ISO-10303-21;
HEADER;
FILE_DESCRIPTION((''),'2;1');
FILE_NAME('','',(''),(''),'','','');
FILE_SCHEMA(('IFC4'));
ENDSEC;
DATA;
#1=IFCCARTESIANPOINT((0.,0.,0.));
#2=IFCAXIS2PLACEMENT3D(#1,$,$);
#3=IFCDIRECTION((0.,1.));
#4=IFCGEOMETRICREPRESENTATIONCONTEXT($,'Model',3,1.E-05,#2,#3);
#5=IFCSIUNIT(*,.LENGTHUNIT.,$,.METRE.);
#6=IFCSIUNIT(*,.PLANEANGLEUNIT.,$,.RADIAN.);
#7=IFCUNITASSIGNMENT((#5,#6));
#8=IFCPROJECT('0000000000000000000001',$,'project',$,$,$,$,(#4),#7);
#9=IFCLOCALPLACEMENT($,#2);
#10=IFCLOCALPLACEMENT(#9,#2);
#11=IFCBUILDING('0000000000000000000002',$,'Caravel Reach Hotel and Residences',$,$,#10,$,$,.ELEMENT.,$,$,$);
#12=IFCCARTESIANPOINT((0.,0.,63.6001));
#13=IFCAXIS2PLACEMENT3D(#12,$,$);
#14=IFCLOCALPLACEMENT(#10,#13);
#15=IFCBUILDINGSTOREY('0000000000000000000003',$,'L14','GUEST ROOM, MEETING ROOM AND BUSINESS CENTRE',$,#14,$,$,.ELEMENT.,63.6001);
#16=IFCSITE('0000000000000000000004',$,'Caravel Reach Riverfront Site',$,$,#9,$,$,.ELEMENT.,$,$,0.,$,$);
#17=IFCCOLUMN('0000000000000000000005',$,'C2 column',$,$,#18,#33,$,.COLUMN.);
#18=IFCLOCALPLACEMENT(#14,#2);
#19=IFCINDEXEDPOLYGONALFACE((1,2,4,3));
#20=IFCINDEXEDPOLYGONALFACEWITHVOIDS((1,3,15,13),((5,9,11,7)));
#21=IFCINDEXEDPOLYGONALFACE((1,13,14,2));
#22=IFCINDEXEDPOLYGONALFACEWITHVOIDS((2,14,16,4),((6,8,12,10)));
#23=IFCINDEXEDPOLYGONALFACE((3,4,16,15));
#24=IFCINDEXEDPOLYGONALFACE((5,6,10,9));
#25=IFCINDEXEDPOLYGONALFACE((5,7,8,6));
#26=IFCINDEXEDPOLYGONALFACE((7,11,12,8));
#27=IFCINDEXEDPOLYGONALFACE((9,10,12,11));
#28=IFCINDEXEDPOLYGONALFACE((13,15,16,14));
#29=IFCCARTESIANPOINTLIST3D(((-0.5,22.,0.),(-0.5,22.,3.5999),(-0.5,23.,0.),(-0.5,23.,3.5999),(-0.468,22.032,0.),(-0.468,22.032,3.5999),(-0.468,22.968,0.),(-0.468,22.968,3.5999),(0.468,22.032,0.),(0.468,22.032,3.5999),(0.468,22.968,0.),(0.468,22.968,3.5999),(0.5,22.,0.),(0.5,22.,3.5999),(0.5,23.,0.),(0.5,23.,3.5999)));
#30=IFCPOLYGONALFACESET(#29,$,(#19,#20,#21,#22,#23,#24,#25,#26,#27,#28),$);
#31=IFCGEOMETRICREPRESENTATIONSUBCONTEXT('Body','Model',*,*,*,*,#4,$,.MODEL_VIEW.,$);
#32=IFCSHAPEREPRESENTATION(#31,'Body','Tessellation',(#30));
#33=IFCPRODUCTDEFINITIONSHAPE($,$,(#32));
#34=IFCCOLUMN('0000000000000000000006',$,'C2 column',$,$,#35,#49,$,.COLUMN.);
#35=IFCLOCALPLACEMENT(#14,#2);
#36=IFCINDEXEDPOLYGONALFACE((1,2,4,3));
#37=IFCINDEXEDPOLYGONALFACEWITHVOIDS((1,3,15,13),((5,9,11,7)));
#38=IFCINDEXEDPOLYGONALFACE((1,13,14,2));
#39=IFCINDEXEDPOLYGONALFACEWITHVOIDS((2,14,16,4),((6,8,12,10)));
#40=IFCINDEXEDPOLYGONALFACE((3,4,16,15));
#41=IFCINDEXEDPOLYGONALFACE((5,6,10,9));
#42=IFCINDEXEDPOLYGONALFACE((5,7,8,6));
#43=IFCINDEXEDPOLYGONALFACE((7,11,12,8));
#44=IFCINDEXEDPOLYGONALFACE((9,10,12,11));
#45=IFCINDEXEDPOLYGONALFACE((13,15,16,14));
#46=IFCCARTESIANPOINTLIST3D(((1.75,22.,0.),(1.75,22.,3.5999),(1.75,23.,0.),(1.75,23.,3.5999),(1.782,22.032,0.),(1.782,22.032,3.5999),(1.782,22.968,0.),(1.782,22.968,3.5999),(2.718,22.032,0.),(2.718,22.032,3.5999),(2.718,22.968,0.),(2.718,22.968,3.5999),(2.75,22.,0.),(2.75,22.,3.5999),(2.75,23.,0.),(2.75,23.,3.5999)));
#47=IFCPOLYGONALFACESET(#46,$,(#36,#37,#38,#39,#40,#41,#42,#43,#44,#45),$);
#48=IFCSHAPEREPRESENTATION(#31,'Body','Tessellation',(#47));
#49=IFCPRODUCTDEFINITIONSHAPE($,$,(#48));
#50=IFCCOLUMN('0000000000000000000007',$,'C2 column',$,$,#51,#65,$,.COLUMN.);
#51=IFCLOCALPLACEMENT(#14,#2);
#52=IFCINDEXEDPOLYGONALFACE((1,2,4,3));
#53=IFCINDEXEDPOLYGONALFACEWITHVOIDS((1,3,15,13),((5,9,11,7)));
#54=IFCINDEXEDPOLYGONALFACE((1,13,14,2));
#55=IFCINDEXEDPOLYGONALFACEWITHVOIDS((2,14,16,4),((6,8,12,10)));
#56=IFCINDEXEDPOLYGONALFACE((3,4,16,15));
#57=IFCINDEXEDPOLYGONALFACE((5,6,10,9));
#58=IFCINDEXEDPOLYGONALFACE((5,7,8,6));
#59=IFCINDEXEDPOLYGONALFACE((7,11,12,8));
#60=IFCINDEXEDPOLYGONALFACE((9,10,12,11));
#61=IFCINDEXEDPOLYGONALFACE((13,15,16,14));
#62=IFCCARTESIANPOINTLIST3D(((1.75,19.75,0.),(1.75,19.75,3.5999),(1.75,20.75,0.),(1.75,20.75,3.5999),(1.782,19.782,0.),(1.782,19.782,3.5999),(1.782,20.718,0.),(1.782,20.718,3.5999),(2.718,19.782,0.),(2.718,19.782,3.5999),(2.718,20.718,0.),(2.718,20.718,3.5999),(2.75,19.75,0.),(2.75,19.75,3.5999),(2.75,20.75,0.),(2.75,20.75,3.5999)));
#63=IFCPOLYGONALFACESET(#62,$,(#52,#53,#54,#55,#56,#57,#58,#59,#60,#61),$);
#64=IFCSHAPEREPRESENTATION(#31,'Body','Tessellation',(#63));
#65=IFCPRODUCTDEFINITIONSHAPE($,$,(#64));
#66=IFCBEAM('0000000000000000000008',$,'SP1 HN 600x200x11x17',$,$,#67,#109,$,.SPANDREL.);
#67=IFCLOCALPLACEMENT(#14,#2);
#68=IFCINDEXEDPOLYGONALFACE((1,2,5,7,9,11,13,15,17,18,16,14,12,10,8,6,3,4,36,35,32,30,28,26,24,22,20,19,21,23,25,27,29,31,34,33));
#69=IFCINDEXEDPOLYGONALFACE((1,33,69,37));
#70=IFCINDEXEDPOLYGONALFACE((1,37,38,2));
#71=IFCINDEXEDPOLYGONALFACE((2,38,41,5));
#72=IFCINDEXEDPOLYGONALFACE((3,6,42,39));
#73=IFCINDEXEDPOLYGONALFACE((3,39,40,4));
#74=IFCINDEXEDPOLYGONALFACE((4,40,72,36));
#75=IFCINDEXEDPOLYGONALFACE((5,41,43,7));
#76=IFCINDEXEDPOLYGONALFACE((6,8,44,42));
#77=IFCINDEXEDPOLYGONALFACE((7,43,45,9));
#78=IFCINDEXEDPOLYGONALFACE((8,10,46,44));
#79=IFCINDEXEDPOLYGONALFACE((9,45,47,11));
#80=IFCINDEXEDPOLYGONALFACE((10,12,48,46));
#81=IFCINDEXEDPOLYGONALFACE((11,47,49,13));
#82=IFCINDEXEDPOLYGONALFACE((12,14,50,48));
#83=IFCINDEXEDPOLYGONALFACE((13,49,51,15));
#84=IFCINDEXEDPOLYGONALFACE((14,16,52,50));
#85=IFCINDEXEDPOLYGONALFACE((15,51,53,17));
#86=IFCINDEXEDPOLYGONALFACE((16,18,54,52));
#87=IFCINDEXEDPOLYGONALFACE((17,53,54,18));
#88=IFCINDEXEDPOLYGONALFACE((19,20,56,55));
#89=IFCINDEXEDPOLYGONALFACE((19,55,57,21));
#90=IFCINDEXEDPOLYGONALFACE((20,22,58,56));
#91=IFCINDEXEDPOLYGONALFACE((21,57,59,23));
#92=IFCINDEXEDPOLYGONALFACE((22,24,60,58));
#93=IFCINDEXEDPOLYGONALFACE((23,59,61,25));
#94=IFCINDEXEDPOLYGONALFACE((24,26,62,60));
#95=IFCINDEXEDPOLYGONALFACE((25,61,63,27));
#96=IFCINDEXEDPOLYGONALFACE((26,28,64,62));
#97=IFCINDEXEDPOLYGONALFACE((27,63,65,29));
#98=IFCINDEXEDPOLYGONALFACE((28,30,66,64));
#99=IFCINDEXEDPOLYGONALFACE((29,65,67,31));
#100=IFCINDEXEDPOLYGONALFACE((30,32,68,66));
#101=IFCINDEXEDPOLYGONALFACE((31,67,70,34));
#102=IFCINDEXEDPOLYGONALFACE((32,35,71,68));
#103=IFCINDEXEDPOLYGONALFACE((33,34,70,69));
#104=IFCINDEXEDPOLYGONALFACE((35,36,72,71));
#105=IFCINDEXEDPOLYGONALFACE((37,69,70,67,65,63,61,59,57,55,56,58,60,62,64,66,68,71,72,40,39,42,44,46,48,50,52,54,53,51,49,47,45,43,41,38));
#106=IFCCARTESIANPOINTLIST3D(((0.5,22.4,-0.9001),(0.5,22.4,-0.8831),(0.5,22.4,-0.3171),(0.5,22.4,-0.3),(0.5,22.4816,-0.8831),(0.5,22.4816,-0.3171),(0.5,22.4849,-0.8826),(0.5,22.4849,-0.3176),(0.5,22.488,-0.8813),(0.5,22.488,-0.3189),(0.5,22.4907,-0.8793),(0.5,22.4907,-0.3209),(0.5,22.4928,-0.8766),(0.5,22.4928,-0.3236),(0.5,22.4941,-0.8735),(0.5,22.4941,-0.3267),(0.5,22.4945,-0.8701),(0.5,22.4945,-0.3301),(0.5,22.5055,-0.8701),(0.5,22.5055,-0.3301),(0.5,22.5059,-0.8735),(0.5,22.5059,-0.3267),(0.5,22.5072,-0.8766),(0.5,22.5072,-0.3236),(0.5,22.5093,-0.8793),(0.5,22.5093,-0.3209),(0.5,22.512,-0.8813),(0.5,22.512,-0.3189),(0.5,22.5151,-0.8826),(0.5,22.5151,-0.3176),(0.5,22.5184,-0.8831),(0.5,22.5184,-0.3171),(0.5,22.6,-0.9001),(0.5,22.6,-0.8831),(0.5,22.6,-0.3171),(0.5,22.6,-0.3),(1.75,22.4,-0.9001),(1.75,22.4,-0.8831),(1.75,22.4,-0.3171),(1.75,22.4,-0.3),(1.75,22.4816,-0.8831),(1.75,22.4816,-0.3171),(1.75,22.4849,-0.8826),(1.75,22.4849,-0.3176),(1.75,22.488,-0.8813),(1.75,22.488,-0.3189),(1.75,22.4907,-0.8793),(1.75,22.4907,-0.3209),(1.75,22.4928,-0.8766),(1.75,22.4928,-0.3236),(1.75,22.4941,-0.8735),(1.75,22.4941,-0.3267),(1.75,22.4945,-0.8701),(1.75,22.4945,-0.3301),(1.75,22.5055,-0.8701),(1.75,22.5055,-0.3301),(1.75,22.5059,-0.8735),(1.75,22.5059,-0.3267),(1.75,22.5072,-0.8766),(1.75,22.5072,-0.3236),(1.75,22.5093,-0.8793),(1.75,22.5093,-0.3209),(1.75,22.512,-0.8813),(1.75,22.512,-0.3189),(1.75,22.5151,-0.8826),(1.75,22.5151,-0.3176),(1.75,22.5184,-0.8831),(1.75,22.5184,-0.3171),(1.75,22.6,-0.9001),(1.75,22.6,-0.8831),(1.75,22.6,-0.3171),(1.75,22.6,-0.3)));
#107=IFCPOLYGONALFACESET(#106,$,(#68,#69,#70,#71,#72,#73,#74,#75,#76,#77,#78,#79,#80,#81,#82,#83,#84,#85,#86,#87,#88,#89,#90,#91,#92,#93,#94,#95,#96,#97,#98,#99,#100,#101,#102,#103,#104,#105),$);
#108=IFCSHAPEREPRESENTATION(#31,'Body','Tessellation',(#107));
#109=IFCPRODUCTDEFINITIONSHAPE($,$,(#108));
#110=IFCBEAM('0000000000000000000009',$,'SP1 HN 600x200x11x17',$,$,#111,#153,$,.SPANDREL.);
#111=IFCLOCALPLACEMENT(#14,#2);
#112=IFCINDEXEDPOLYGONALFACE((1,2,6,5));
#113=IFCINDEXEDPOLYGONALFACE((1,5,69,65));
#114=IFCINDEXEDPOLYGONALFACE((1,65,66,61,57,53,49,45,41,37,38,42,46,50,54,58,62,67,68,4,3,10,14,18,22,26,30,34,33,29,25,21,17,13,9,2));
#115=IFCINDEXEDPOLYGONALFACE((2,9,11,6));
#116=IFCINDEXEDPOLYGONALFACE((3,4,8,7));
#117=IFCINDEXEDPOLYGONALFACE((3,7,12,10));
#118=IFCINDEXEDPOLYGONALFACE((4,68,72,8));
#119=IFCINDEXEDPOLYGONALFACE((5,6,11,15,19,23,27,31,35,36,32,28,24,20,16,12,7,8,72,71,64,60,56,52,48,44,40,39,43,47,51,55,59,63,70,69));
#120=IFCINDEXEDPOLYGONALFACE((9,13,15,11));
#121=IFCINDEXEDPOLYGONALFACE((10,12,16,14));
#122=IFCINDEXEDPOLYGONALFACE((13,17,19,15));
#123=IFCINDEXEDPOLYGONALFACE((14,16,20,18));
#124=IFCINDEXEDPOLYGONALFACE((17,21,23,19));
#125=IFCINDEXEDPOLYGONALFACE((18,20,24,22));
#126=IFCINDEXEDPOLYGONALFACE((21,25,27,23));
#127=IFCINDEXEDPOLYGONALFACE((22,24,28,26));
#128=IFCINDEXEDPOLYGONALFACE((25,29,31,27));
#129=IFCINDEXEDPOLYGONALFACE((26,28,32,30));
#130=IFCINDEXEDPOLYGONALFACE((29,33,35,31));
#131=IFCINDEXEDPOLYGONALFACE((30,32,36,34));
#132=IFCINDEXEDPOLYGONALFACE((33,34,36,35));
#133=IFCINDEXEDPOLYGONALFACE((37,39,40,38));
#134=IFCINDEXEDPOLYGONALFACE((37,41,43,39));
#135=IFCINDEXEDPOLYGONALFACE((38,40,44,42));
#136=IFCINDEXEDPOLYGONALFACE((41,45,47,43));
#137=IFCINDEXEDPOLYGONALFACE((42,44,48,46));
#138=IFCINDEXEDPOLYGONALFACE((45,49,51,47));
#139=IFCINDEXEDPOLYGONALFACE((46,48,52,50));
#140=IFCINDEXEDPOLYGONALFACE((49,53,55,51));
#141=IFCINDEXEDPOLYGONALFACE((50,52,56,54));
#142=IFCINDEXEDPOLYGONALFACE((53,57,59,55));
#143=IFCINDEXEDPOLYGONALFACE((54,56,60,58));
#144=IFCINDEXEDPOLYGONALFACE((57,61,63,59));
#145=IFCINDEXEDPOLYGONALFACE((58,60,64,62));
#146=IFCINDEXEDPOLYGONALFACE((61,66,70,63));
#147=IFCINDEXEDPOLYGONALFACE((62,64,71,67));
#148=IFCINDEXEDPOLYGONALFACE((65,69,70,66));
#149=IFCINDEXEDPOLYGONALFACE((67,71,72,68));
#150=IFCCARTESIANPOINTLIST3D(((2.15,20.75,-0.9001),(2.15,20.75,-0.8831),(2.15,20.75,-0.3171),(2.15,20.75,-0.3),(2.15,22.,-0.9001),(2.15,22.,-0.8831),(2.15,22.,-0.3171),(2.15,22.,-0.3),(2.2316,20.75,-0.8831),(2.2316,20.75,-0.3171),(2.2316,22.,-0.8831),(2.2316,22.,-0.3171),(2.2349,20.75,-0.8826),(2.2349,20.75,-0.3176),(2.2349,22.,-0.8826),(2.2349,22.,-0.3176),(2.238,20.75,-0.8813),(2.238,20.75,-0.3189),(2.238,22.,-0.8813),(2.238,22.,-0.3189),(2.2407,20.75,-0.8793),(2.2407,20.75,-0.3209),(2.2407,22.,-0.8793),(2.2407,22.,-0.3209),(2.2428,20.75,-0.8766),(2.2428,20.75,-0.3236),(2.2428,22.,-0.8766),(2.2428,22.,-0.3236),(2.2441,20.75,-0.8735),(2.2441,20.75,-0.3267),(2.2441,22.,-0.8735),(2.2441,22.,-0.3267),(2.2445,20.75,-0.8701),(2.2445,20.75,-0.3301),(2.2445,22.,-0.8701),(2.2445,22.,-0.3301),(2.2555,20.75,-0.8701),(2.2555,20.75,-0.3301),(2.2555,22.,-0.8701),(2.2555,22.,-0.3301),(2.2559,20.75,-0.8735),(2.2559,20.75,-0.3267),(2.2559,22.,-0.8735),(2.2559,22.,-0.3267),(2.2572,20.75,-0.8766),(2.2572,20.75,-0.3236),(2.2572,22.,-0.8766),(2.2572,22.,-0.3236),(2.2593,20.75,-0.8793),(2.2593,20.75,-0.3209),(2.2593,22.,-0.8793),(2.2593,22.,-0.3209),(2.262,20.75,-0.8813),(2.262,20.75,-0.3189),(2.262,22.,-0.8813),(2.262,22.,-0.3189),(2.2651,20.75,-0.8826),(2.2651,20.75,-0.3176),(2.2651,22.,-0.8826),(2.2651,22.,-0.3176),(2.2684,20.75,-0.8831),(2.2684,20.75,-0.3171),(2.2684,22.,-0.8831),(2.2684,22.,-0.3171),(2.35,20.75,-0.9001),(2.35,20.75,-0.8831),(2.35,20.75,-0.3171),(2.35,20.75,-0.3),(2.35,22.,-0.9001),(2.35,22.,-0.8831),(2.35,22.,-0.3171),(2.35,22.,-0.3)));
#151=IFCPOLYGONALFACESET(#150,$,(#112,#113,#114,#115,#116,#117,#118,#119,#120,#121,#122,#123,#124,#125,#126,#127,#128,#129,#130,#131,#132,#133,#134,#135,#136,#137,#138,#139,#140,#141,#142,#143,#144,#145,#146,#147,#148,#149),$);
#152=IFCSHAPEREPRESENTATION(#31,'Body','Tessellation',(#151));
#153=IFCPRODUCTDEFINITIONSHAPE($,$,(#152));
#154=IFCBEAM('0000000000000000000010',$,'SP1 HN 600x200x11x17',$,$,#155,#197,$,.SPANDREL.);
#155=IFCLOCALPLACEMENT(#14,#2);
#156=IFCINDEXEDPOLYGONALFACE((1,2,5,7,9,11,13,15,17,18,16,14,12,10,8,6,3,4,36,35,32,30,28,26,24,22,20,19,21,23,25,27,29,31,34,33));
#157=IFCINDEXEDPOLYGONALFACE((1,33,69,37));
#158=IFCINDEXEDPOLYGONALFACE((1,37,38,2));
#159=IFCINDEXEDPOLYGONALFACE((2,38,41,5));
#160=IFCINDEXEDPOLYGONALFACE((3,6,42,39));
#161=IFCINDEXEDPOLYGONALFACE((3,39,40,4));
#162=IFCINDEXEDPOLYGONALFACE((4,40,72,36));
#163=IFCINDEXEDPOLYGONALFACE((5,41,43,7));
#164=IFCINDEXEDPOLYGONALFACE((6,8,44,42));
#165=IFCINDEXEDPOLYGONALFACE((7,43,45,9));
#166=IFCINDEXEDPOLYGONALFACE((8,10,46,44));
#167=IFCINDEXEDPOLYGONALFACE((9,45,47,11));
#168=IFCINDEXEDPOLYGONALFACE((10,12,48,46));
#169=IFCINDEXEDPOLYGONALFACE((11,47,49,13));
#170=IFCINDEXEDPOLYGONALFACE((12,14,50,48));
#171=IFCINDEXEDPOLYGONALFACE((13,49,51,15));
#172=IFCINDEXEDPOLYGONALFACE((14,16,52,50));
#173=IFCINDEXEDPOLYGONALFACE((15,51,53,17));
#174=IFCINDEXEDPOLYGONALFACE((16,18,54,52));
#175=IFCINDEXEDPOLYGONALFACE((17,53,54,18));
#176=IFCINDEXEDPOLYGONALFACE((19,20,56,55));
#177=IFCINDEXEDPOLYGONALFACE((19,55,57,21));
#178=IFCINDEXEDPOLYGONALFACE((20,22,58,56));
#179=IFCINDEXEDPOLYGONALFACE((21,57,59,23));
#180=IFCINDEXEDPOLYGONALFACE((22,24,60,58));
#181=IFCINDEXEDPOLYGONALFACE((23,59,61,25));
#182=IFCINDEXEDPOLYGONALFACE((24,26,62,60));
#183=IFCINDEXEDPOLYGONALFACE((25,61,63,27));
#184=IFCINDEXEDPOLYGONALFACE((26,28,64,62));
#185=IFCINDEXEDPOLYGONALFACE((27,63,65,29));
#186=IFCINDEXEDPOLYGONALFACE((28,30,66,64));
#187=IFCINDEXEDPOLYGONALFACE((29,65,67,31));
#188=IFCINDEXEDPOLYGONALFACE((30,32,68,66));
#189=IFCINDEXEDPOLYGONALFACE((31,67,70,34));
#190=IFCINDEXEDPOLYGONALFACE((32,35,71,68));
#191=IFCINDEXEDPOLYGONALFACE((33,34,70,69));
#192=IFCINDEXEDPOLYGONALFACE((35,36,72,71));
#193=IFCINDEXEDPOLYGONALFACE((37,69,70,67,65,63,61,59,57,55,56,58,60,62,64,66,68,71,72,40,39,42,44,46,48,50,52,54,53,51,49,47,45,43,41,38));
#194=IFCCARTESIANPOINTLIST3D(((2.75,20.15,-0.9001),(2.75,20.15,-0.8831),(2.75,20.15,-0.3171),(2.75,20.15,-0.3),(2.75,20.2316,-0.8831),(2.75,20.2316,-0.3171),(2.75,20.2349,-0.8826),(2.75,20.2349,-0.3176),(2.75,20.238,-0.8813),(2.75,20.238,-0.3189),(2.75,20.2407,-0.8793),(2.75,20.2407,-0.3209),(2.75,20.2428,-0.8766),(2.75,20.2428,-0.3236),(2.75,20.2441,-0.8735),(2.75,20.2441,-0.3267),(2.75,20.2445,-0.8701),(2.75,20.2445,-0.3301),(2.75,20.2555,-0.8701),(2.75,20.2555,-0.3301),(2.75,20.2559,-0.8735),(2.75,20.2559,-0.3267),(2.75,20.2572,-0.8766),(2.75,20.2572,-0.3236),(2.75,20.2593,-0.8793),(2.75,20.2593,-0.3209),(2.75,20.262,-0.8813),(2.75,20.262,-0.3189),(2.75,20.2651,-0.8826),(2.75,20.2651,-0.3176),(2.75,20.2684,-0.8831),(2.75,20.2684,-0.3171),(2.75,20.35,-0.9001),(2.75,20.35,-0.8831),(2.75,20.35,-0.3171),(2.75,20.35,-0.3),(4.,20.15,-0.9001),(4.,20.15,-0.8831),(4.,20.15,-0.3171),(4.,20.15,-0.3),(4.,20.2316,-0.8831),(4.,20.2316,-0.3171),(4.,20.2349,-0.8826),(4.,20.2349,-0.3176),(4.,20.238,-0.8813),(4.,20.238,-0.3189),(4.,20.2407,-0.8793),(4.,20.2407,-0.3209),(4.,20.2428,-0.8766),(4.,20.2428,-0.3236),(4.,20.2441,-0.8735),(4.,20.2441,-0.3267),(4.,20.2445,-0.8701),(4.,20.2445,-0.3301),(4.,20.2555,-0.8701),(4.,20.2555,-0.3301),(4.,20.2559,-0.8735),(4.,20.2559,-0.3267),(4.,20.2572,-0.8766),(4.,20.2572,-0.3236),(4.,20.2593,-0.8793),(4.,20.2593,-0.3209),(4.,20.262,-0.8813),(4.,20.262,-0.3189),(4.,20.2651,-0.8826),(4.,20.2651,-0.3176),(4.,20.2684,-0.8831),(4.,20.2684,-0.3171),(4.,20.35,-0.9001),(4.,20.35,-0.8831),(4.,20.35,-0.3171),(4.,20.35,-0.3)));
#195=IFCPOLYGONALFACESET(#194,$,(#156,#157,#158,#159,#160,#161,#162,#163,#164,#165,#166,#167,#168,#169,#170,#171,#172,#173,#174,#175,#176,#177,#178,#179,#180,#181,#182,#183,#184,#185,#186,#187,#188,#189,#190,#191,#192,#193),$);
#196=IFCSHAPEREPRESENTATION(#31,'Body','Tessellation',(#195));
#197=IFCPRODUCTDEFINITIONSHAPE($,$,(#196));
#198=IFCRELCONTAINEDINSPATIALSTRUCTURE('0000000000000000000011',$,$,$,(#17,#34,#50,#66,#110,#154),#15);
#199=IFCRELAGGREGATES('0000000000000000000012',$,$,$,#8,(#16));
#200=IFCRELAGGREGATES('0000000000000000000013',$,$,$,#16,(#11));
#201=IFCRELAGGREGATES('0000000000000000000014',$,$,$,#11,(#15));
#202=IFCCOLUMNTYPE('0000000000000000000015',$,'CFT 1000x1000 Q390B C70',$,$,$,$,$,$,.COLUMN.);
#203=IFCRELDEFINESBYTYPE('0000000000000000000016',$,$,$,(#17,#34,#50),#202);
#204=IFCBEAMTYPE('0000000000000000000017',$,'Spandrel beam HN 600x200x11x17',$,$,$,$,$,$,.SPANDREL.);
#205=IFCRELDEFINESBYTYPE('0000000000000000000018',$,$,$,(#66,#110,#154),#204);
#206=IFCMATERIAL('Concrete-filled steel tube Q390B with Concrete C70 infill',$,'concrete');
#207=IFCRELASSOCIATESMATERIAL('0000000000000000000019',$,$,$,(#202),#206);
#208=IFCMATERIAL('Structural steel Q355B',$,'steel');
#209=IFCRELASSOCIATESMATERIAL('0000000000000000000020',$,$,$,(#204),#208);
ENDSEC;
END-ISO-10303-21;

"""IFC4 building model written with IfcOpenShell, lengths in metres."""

from ifc_helpers import new_model, si_unit, direction, frame, origin, origin_2d, place, context, subcontext, project, spatial, hollow_rectangle, i_section, extrude, material, material_profile, profile_set, type_object, element, save


model = new_model("IFC4")

# Units and contexts
model_context = context("Model", 3, precision=1e-05, world=origin(), true_north=direction((0.0, 1.0)))
body_context = subcontext(model_context, "Body", "Model", "MODEL_VIEW")
ifc_project = project(units=[si_unit("LENGTHUNIT", "METRE"), si_unit("PLANEANGLEUNIT", "RADIAN")], contexts=[model_context])

# Site, building, storey
site_placement = place(None, origin())
site = spatial("IfcSite", under=ifc_project, at=site_placement, Name="Caravel Reach Riverfront Site", CompositionType="ELEMENT", RefElevation=0.0)
building_placement = place(site_placement, origin())
building = spatial("IfcBuilding", under=site, at=building_placement, Name="Caravel Reach Hotel and Residences", CompositionType="ELEMENT")
storey_placement = place(building_placement, frame((0.0, 0.0, 63.6001)))
storey = spatial("IfcBuildingStorey", under=building, at=storey_placement, Name="L14", Description="GUEST ROOM, MEETING ROOM AND BUSINESS CENTRE", CompositionType="ELEMENT", Elevation=63.6001)

# Columns
ifc_material_1 = material(Name="Concrete-filled steel tube Q390B with Concrete C70 infill", Category="concrete")
ifc_material_profile_1 = material_profile(ifc_material_1, hollow_rectangle(XDim=1.0, YDim=1.0, WallThickness=0.032, at=origin_2d()), Name="RHS 1000x1000x32")
ifc_profile_set_1 = profile_set([ifc_material_profile_1], Name="Concrete-filled steel tube Q390B with Concrete C70 infill")
column_type = type_object("IfcColumnType", Name="CFT 1000x1000 Q390B C70", PredefinedType="COLUMN", material=ifc_profile_set_1)
for number, where, z_axis, x_axis, name in (
    (1, (0.0, 22.5, 0.0), (0.0, 0.0, 1.0), (1.0, 0.0, 0.0), "C2 column"),
    (2, (2.25, 22.5, 0.0), (0.0, 0.0, 1.0), (1.0, 0.0, 0.0), "C2 column"),
    (3, (2.25, 20.25, 0.0), (0.0, 0.0, 1.0), (1.0, 0.0, 0.0), "C2 column"),
):
    element("IfcColumn", number, at=place(storey_placement, frame(where, z_axis=z_axis, x_axis=x_axis)), inside=storey, type_object=column_type, Name=name, PredefinedType="COLUMN", context=body_context, shape_type="SweptSolid", body=[
        extrude(hollow_rectangle(XDim=1.0, YDim=1.0, WallThickness=0.032, at=origin_2d()), origin(), (0.0, 0.0, 1.0), 3.5999),
    ])

# Beams
ifc_material_2 = material(Name="Structural steel Q355B", Category="steel")
ifc_material_profile_2 = material_profile(ifc_material_2, i_section(OverallWidth=0.2, OverallDepth=0.6001, WebThickness=0.011, FlangeThickness=0.0171, FilletRadius=0.0129, at=origin_2d()), Name="HN 600x200x11x17")
ifc_profile_set_2 = profile_set([ifc_material_profile_2], Name="Structural steel Q355B")
beam_type = type_object("IfcBeamType", Name="Spandrel beam HN 600x200x11x17", PredefinedType="SPANDREL", material=ifc_profile_set_2)
for number, where, z_axis, x_axis, name in (
    (4, (0.5, 22.5, -0.6001), (1.0, 0.0, 0.0), (0.0, 1.0, 0.0), "SP1 HN 600x200x11x17"),
    (5, (2.25, 22.0, -0.6001), (0.0, -1.0, 0.0), (1.0, 0.0, 0.0), "SP1 HN 600x200x11x17"),
    (6, (2.75, 20.25, -0.6001), (1.0, 0.0, 0.0), (0.0, 1.0, 0.0), "SP1 HN 600x200x11x17"),
):
    element("IfcBeam", number, at=place(storey_placement, frame(where, z_axis=z_axis, x_axis=x_axis)), inside=storey, type_object=beam_type, Name=name, PredefinedType="SPANDREL", context=body_context, shape_type="SweptSolid", body=[
        extrude(i_section(OverallWidth=0.2, OverallDepth=0.6001, WebThickness=0.011, FlangeThickness=0.0171, FilletRadius=0.0129, at=origin_2d()), origin(), (0.0, 0.0, 1.0), 1.25),
    ])

save(model, "model.ifc")
